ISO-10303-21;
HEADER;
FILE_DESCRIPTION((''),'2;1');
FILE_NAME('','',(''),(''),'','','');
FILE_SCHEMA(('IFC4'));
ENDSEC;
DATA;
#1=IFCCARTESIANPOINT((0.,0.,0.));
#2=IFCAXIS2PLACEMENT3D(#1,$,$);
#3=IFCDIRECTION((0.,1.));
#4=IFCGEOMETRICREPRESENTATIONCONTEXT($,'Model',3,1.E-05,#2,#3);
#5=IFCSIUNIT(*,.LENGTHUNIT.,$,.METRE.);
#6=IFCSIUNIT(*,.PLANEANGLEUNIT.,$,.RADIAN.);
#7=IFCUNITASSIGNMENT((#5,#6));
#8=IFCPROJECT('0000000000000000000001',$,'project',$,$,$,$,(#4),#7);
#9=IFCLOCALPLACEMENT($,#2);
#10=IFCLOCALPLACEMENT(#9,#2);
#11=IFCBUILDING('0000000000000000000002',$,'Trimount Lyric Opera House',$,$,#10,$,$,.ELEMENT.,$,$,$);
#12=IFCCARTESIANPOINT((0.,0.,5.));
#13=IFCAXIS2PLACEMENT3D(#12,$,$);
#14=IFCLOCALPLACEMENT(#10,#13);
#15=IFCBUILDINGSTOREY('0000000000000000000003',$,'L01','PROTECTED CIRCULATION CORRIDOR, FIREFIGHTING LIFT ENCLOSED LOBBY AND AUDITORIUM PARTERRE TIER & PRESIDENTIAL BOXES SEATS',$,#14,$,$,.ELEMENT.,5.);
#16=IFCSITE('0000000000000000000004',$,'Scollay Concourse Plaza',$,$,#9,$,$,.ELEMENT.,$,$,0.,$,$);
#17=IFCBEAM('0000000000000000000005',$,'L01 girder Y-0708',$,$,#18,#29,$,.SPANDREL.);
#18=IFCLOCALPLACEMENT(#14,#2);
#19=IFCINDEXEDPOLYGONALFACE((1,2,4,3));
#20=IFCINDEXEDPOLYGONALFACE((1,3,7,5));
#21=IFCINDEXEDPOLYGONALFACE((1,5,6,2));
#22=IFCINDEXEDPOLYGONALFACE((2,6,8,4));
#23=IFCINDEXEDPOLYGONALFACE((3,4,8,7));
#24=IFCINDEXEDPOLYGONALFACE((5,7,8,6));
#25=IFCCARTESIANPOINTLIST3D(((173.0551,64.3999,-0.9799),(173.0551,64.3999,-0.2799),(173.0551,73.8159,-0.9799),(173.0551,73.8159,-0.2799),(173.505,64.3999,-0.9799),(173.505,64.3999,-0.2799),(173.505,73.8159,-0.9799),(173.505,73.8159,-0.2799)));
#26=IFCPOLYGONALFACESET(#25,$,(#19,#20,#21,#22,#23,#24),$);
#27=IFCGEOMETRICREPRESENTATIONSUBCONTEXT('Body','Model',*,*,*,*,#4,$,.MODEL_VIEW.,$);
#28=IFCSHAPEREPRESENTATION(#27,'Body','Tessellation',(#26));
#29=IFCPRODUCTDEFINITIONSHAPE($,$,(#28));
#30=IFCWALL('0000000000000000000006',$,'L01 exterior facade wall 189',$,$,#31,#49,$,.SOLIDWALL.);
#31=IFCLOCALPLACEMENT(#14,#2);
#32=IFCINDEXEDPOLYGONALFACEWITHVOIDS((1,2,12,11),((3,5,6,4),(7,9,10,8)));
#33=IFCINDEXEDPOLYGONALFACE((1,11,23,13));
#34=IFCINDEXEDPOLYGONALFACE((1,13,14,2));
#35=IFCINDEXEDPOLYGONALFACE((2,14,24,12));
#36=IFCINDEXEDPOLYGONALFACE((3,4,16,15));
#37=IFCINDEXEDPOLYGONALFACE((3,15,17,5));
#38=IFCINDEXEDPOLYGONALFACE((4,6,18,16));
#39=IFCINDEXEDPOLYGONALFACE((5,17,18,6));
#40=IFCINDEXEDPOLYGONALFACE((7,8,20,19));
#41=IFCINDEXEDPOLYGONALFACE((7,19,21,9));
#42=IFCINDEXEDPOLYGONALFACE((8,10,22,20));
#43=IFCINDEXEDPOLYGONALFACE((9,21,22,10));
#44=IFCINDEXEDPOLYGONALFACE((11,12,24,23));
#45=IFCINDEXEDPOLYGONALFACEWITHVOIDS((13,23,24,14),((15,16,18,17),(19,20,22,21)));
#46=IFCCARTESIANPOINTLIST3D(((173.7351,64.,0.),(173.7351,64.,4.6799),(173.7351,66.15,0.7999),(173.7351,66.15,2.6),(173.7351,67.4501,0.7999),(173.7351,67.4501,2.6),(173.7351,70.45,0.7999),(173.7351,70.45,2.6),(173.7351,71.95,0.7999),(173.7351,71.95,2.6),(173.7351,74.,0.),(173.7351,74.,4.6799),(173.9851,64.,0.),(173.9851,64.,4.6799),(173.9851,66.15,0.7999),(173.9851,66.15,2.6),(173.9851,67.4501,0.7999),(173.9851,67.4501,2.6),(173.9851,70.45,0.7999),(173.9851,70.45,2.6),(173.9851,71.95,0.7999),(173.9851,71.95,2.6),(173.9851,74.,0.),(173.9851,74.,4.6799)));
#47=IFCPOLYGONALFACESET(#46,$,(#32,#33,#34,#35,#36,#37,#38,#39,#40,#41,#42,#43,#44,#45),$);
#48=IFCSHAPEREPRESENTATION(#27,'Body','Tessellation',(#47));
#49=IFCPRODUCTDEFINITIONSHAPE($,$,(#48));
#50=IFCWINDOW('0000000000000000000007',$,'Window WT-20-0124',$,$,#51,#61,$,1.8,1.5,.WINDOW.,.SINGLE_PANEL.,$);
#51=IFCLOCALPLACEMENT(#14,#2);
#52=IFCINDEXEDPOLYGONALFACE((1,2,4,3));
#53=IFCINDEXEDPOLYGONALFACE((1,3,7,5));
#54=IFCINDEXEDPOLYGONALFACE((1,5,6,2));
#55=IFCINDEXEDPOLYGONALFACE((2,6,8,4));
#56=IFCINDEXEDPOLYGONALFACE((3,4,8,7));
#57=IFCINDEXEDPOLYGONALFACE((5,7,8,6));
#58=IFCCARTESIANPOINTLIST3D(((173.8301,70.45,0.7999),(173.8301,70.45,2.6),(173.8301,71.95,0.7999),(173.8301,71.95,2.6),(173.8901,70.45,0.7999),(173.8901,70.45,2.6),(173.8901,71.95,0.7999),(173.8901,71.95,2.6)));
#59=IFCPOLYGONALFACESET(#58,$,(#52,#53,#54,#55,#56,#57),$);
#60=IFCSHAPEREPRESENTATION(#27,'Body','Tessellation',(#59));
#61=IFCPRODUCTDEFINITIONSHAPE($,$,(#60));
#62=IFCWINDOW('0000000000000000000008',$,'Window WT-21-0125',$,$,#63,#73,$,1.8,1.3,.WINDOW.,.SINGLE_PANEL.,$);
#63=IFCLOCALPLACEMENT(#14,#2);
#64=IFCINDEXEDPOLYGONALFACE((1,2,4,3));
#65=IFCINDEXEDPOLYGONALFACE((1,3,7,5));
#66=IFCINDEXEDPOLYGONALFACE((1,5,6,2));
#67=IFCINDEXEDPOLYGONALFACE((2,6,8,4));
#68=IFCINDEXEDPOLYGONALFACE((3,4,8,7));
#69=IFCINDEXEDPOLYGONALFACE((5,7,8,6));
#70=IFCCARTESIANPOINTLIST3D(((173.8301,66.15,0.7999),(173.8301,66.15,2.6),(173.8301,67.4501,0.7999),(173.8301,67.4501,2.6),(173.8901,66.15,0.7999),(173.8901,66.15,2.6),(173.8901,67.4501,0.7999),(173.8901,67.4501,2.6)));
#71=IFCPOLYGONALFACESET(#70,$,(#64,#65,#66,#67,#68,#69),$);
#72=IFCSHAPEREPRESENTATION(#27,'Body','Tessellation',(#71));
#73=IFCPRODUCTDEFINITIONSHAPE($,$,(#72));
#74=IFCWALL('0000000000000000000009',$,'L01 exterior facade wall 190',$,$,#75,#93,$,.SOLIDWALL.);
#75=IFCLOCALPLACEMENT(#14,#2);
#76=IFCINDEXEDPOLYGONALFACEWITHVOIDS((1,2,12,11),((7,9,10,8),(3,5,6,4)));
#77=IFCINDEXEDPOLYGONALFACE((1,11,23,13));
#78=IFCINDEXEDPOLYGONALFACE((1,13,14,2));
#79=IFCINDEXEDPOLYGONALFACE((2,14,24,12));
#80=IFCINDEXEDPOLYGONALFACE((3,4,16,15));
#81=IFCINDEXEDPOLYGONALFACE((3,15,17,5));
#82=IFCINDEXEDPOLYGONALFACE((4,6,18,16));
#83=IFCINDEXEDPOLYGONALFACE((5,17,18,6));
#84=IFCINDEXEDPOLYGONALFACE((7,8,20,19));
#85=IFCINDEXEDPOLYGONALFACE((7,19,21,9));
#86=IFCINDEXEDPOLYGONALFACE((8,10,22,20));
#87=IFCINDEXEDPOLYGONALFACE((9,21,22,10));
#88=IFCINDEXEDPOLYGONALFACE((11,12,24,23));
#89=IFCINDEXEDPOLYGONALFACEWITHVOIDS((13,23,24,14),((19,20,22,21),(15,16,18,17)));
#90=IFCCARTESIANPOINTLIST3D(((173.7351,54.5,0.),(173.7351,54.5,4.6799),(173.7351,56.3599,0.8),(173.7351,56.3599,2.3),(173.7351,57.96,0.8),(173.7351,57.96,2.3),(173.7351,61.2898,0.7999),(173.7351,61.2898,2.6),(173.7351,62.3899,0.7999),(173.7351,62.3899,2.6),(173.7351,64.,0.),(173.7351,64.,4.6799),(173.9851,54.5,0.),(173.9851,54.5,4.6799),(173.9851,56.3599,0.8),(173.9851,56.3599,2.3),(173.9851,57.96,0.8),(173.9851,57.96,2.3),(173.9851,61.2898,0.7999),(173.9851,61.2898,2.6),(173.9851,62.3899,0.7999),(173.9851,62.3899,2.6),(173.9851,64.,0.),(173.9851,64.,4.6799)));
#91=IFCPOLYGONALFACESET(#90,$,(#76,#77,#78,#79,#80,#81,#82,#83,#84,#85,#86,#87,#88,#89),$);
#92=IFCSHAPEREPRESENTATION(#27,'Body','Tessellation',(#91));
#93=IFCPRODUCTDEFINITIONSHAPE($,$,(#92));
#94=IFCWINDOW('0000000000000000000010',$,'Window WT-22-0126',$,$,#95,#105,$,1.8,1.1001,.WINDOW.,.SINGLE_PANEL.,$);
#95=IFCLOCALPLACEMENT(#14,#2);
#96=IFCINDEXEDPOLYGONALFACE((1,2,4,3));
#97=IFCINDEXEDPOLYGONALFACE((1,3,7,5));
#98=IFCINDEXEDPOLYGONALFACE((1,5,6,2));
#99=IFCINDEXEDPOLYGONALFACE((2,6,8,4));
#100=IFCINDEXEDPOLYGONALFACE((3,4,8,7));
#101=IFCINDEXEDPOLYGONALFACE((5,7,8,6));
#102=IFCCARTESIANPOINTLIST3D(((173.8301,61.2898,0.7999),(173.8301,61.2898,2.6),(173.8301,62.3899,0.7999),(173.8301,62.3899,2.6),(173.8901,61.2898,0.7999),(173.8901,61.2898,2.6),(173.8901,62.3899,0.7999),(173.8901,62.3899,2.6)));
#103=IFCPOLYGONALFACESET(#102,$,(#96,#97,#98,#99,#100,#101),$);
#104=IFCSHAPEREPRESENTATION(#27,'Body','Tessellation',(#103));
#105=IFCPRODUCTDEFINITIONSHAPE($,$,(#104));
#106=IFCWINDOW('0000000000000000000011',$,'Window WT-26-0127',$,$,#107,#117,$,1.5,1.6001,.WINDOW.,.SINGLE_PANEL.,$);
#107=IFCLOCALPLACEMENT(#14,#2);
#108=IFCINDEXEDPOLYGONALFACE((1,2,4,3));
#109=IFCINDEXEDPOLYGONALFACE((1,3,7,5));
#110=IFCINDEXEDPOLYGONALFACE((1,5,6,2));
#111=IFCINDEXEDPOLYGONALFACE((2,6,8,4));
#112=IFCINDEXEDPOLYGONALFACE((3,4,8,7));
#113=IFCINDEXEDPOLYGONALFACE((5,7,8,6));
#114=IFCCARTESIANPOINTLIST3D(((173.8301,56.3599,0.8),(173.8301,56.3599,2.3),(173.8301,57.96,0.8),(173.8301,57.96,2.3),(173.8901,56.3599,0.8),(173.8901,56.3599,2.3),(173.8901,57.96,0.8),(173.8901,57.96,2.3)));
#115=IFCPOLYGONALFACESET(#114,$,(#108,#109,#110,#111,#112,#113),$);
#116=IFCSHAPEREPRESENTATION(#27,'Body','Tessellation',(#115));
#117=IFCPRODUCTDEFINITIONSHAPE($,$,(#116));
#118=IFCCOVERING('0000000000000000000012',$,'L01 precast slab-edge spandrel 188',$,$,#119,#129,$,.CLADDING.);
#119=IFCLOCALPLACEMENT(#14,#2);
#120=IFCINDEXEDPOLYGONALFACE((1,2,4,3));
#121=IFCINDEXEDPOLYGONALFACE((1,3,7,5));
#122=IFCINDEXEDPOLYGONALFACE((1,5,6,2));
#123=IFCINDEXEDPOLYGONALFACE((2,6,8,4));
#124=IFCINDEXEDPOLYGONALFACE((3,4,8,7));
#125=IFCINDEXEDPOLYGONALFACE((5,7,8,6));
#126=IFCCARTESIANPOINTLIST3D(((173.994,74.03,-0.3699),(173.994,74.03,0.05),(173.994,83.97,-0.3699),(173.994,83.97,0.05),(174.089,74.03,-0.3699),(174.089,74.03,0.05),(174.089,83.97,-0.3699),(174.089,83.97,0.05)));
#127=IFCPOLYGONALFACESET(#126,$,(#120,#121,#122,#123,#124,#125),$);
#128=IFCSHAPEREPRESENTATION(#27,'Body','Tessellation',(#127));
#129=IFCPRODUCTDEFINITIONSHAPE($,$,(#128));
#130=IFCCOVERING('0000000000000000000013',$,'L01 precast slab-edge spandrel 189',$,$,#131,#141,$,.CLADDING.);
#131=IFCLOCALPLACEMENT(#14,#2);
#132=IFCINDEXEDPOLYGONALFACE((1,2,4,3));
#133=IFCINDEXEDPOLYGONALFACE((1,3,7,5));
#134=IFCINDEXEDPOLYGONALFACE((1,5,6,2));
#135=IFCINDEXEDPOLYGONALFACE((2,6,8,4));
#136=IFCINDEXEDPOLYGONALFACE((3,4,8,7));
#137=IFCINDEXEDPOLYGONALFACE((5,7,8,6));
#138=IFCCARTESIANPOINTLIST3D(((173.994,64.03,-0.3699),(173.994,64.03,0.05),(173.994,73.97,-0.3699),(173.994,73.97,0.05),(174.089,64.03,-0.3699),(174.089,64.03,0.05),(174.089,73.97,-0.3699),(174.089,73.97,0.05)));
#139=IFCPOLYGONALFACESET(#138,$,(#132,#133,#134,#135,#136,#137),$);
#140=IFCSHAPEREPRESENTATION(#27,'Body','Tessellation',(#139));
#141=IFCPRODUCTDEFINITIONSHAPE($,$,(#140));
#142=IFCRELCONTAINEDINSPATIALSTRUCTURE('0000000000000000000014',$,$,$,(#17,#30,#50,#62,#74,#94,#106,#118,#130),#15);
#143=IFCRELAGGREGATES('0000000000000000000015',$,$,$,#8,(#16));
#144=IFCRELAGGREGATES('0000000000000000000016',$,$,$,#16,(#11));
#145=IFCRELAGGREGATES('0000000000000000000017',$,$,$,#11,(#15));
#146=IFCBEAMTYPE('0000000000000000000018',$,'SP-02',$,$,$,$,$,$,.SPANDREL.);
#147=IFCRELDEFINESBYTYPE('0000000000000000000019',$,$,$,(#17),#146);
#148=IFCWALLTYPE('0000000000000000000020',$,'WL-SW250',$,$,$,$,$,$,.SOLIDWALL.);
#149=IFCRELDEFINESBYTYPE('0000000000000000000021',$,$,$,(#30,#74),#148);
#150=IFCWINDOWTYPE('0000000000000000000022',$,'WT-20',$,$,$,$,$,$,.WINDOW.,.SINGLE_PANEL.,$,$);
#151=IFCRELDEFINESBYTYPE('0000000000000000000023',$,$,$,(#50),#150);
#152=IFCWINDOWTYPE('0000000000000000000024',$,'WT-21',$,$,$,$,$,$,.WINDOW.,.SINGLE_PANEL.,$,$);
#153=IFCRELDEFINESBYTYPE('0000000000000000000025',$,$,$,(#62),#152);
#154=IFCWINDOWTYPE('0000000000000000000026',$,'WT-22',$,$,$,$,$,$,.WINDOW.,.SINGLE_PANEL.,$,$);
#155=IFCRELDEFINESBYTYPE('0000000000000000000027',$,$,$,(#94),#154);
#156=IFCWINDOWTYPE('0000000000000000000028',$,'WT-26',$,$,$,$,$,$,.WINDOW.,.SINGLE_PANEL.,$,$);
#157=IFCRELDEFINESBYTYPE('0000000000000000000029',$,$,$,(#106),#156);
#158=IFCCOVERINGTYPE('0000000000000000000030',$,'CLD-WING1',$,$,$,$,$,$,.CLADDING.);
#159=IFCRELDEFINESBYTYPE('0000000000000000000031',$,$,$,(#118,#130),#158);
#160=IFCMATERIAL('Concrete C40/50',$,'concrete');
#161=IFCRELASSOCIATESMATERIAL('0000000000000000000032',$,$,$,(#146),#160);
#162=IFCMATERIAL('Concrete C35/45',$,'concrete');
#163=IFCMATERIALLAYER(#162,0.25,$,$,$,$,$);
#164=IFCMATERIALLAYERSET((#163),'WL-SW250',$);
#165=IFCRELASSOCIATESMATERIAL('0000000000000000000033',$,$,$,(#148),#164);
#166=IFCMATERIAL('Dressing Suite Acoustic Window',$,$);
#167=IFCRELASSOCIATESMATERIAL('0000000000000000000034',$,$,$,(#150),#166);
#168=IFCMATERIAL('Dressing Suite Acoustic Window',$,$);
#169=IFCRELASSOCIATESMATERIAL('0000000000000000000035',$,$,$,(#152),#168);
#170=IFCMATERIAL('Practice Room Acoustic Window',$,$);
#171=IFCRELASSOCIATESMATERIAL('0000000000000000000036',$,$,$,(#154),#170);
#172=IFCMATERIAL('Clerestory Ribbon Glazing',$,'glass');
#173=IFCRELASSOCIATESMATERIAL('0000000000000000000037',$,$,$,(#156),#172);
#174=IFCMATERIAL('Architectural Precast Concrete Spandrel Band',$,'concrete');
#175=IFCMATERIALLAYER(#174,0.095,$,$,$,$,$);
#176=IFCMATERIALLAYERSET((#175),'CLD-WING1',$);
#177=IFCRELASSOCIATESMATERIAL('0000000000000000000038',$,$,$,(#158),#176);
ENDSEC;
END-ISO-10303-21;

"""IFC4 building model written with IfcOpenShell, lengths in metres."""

from ifc_helpers import new_model, si_unit, direction, frame, frame_2d, origin, origin_2d, place, context, subcontext, project, spatial, rectangle, extrude, material, layer, layer_set, material_profile, profile_set, type_object, element, fill, save


model = new_model("IFC4")

# Units and contexts
model_context = context("Model", 3, precision=1e-05, world=origin(), true_north=direction((0.0, 1.0)))
body_context = subcontext(model_context, "Body", "Model", "MODEL_VIEW")
ifc_project = project(units=[si_unit("LENGTHUNIT", "METRE"), si_unit("PLANEANGLEUNIT", "RADIAN")], contexts=[model_context])

# Site, building, storey
site_placement = place(None, origin())
site = spatial("IfcSite", under=ifc_project, at=site_placement, Name="Scollay Concourse Plaza", CompositionType="ELEMENT", RefElevation=0.0)
building_placement = place(site_placement, origin())
building = spatial("IfcBuilding", under=site, at=building_placement, Name="Trimount Lyric Opera House", CompositionType="ELEMENT")
storey_placement = place(building_placement, frame((0.0, 0.0, 5.0)))
storey = spatial("IfcBuildingStorey", under=building, at=storey_placement, Name="L01", Description="PROTECTED CIRCULATION CORRIDOR, FIREFIGHTING LIFT ENCLOSED LOBBY AND AUDITORIUM PARTERRE TIER & PRESIDENTIAL BOXES SEATS", CompositionType="ELEMENT", Elevation=5.0)

# Beam
ifc_material_1 = material(Name="Concrete C40/50", Category="concrete")
ifc_material_profile_1 = material_profile(ifc_material_1, rectangle(XDim=0.45, YDim=0.7, at=origin_2d()), Name="RC450X700")
ifc_profile_set_1 = profile_set([ifc_material_profile_1], Name="Concrete C40/50")
beam_type_1 = type_object("IfcBeamType", Name="SP-02", PredefinedType="SPANDREL", material=ifc_profile_set_1)
beam_1_placement = place(storey_placement, frame((173.28, 64.3999, -0.6299), z_axis=(0.0, 1.0, 0.0), x_axis=(-1.0, 0.0, 0.0)))
element("IfcBeam", 1, at=beam_1_placement, inside=storey, type_object=beam_type_1, Name="L01 girder Y-0708", PredefinedType="SPANDREL", context=body_context, shape_type="SweptSolid", body=[
    extrude(rectangle(XDim=0.45, YDim=0.7, at=origin_2d()), origin(), (0.0, 0.0, 1.0), 9.416),
])

# Walls, openings, windows
ifc_material_2 = material(Name="Concrete C35/45", Category="concrete")
ifc_layer_1 = layer(ifc_material_2, 0.25)
ifc_layer_set_1 = layer_set([ifc_layer_1], Name="WL-SW250")
wall_type = type_object("IfcWallType", Name="WL-SW250", PredefinedType="SOLIDWALL", material=ifc_layer_set_1)
wall_1_placement = place(storey_placement, frame((173.8601, 74.0, 0.0), z_axis=(0.0, 0.0, 1.0), x_axis=(0.0, -1.0, 0.0)))
wall_1 = element("IfcWall", 2, at=wall_1_placement, inside=storey, type_object=wall_type, Name="L01 exterior facade wall 189", PredefinedType="SOLIDWALL", context=body_context, shape_type="SweptSolid", body=[
    extrude(rectangle(XDim=10.0, YDim=0.25, at=frame_2d((5.0, 0.0))), origin(), (0.0, 0.0, 1.0), 4.6799),
])
opening_1_placement = place(wall_1_placement, frame((2.05, 0.0, 0.8)))
opening_1 = element("IfcOpeningElement", 3, at=opening_1_placement, cuts=wall_1, PredefinedType="OPENING", context=body_context, shape_type="SweptSolid", body=[
    extrude(rectangle(XDim=1.5, YDim=1.8, at=frame_2d((0.75, 0.8999))), frame((0.0, 0.135, 0.0), z_axis=(0.0, -1.0, 0.0), x_axis=(1.0, 0.0, 0.0)), (0.0, 0.0, 1.0), 0.27),
])
opening_2_placement = place(wall_1_placement, frame((6.55, 0.0, 0.8)))
opening_2 = element("IfcOpeningElement", 4, at=opening_2_placement, cuts=wall_1, PredefinedType="OPENING", context=body_context, shape_type="SweptSolid", body=[
    extrude(rectangle(XDim=1.3, YDim=1.8, at=frame_2d((0.6499, 0.8999))), frame((0.0, 0.135, 0.0), z_axis=(0.0, -1.0, 0.0), x_axis=(1.0, 0.0, 0.0)), (0.0, 0.0, 1.0), 0.27),
])
ifc_material_3 = material(Name="Dressing Suite Acoustic Window")
window_type_1 = type_object("IfcWindowType", Name="WT-20", PartitioningType="SINGLE_PANEL", PredefinedType="WINDOW", material=ifc_material_3)
window_1_placement = place(opening_1_placement, origin())
window_1 = element("IfcWindow", 5, at=window_1_placement, inside=storey, type_object=window_type_1, Name="Window WT-20-0124", OverallHeight=1.8, OverallWidth=1.5, PartitioningType="SINGLE_PANEL", PredefinedType="WINDOW", context=body_context, shape_type="SweptSolid", body=[
    extrude(rectangle(XDim=1.5, YDim=1.8, at=frame_2d((0.75, 0.8999))), frame((0.0, 0.03, 0.0), z_axis=(0.0, -1.0, 0.0), x_axis=(1.0, 0.0, 0.0)), (0.0, 0.0, 1.0), 0.0601),
])
fill(opening_1, window_1)
ifc_material_4 = material(Name="Dressing Suite Acoustic Window")
window_type_2 = type_object("IfcWindowType", Name="WT-21", PartitioningType="SINGLE_PANEL", PredefinedType="WINDOW", material=ifc_material_4)
window_2_placement = place(opening_2_placement, origin())
window_2 = element("IfcWindow", 6, at=window_2_placement, inside=storey, type_object=window_type_2, Name="Window WT-21-0125", OverallHeight=1.8, OverallWidth=1.3, PartitioningType="SINGLE_PANEL", PredefinedType="WINDOW", context=body_context, shape_type="SweptSolid", body=[
    extrude(rectangle(XDim=1.3, YDim=1.8, at=frame_2d((0.6499, 0.8999))), frame((0.0, 0.03, 0.0), z_axis=(0.0, -1.0, 0.0), x_axis=(1.0, 0.0, 0.0)), (0.0, 0.0, 1.0), 0.0601),
])
fill(opening_2, window_2)
wall_2_placement = place(storey_placement, frame((173.8601, 64.0, 0.0), z_axis=(0.0, 0.0, 1.0), x_axis=(0.0, -1.0, 0.0)))
wall_2 = element("IfcWall", 7, at=wall_2_placement, inside=storey, type_object=wall_type, Name="L01 exterior facade wall 190", PredefinedType="SOLIDWALL", context=body_context, shape_type="SweptSolid", body=[
    extrude(rectangle(XDim=9.5, YDim=0.25, at=frame_2d((4.75, 0.0))), origin(), (0.0, 0.0, 1.0), 4.6799),
])
opening_3_placement = place(wall_2_placement, frame((1.6101, 0.0, 0.8)))
opening_3 = element("IfcOpeningElement", 8, at=opening_3_placement, cuts=wall_2, PredefinedType="OPENING", context=body_context, shape_type="SweptSolid", body=[
    extrude(rectangle(XDim=1.1001, YDim=1.8, at=frame_2d((0.55, 0.8999))), frame((0.0, 0.135, 0.0), z_axis=(0.0, -1.0, 0.0), x_axis=(1.0, 0.0, 0.0)), (0.0, 0.0, 1.0), 0.27),
])
opening_4_placement = place(wall_2_placement, frame((6.04, 0.0, 0.8)))
opening_4 = element("IfcOpeningElement", 9, at=opening_4_placement, cuts=wall_2, PredefinedType="OPENING", context=body_context, shape_type="SweptSolid", body=[
    extrude(rectangle(XDim=1.6001, YDim=1.5, at=frame_2d((0.8, 0.75))), frame((0.0, 0.135, 0.0), z_axis=(0.0, -1.0, 0.0), x_axis=(1.0, 0.0, 0.0)), (0.0, 0.0, 1.0), 0.27),
])
ifc_material_5 = material(Name="Practice Room Acoustic Window")
window_type_3 = type_object("IfcWindowType", Name="WT-22", PartitioningType="SINGLE_PANEL", PredefinedType="WINDOW", material=ifc_material_5)
window_3_placement = place(opening_3_placement, origin())
window_3 = element("IfcWindow", 10, at=window_3_placement, inside=storey, type_object=window_type_3, Name="Window WT-22-0126", OverallHeight=1.8, OverallWidth=1.1001, PartitioningType="SINGLE_PANEL", PredefinedType="WINDOW", context=body_context, shape_type="SweptSolid", body=[
    extrude(rectangle(XDim=1.1001, YDim=1.8, at=frame_2d((0.55, 0.8999))), frame((0.0, 0.03, 0.0), z_axis=(0.0, -1.0, 0.0), x_axis=(1.0, 0.0, 0.0)), (0.0, 0.0, 1.0), 0.0601),
])
fill(opening_3, window_3)
ifc_material_6 = material(Name="Clerestory Ribbon Glazing", Category="glass")
window_type_4 = type_object("IfcWindowType", Name="WT-26", PartitioningType="SINGLE_PANEL", PredefinedType="WINDOW", material=ifc_material_6)
window_4_placement = place(opening_4_placement, origin())
window_4 = element("IfcWindow", 11, at=window_4_placement, inside=storey, type_object=window_type_4, Name="Window WT-26-0127", OverallHeight=1.5, OverallWidth=1.6001, PartitioningType="SINGLE_PANEL", PredefinedType="WINDOW", context=body_context, shape_type="SweptSolid", body=[
    extrude(rectangle(XDim=1.6001, YDim=1.5, at=frame_2d((0.8, 0.75))), frame((0.0, 0.03, 0.0), z_axis=(0.0, -1.0, 0.0), x_axis=(1.0, 0.0, 0.0)), (0.0, 0.0, 1.0), 0.0601),
])
fill(opening_4, window_4)

# Coverings
ifc_material_7 = material(Name="Architectural Precast Concrete Spandrel Band", Category="concrete")
ifc_layer_2 = layer(ifc_material_7, 0.095)
ifc_layer_set_2 = layer_set([ifc_layer_2], Name="CLD-WING1")
covering_type = type_object("IfcCoveringType", Name="CLD-WING1", PredefinedType="CLADDING", material=ifc_layer_set_2)
for number, where, z_axis, x_axis, name in (
    (12, (174.0415, 79.0, -0.3699), (0.0, 0.0, 1.0), (0.0, -1.0, 0.0), "L01 precast slab-edge spandrel 188"),
    (13, (174.0415, 69.0, -0.3699), (0.0, 0.0, 1.0), (0.0, -1.0, 0.0), "L01 precast slab-edge spandrel 189"),
):
    element("IfcCovering", number, at=place(storey_placement, frame(where, z_axis=z_axis, x_axis=x_axis)), inside=storey, type_object=covering_type, Name=name, PredefinedType="CLADDING", context=body_context, shape_type="SweptSolid", body=[
        extrude(rectangle(XDim=9.9399, YDim=0.095, at=origin_2d()), origin(), (0.0, 0.0, 1.0), 0.4199),
    ])

save(model, "model.ifc")
